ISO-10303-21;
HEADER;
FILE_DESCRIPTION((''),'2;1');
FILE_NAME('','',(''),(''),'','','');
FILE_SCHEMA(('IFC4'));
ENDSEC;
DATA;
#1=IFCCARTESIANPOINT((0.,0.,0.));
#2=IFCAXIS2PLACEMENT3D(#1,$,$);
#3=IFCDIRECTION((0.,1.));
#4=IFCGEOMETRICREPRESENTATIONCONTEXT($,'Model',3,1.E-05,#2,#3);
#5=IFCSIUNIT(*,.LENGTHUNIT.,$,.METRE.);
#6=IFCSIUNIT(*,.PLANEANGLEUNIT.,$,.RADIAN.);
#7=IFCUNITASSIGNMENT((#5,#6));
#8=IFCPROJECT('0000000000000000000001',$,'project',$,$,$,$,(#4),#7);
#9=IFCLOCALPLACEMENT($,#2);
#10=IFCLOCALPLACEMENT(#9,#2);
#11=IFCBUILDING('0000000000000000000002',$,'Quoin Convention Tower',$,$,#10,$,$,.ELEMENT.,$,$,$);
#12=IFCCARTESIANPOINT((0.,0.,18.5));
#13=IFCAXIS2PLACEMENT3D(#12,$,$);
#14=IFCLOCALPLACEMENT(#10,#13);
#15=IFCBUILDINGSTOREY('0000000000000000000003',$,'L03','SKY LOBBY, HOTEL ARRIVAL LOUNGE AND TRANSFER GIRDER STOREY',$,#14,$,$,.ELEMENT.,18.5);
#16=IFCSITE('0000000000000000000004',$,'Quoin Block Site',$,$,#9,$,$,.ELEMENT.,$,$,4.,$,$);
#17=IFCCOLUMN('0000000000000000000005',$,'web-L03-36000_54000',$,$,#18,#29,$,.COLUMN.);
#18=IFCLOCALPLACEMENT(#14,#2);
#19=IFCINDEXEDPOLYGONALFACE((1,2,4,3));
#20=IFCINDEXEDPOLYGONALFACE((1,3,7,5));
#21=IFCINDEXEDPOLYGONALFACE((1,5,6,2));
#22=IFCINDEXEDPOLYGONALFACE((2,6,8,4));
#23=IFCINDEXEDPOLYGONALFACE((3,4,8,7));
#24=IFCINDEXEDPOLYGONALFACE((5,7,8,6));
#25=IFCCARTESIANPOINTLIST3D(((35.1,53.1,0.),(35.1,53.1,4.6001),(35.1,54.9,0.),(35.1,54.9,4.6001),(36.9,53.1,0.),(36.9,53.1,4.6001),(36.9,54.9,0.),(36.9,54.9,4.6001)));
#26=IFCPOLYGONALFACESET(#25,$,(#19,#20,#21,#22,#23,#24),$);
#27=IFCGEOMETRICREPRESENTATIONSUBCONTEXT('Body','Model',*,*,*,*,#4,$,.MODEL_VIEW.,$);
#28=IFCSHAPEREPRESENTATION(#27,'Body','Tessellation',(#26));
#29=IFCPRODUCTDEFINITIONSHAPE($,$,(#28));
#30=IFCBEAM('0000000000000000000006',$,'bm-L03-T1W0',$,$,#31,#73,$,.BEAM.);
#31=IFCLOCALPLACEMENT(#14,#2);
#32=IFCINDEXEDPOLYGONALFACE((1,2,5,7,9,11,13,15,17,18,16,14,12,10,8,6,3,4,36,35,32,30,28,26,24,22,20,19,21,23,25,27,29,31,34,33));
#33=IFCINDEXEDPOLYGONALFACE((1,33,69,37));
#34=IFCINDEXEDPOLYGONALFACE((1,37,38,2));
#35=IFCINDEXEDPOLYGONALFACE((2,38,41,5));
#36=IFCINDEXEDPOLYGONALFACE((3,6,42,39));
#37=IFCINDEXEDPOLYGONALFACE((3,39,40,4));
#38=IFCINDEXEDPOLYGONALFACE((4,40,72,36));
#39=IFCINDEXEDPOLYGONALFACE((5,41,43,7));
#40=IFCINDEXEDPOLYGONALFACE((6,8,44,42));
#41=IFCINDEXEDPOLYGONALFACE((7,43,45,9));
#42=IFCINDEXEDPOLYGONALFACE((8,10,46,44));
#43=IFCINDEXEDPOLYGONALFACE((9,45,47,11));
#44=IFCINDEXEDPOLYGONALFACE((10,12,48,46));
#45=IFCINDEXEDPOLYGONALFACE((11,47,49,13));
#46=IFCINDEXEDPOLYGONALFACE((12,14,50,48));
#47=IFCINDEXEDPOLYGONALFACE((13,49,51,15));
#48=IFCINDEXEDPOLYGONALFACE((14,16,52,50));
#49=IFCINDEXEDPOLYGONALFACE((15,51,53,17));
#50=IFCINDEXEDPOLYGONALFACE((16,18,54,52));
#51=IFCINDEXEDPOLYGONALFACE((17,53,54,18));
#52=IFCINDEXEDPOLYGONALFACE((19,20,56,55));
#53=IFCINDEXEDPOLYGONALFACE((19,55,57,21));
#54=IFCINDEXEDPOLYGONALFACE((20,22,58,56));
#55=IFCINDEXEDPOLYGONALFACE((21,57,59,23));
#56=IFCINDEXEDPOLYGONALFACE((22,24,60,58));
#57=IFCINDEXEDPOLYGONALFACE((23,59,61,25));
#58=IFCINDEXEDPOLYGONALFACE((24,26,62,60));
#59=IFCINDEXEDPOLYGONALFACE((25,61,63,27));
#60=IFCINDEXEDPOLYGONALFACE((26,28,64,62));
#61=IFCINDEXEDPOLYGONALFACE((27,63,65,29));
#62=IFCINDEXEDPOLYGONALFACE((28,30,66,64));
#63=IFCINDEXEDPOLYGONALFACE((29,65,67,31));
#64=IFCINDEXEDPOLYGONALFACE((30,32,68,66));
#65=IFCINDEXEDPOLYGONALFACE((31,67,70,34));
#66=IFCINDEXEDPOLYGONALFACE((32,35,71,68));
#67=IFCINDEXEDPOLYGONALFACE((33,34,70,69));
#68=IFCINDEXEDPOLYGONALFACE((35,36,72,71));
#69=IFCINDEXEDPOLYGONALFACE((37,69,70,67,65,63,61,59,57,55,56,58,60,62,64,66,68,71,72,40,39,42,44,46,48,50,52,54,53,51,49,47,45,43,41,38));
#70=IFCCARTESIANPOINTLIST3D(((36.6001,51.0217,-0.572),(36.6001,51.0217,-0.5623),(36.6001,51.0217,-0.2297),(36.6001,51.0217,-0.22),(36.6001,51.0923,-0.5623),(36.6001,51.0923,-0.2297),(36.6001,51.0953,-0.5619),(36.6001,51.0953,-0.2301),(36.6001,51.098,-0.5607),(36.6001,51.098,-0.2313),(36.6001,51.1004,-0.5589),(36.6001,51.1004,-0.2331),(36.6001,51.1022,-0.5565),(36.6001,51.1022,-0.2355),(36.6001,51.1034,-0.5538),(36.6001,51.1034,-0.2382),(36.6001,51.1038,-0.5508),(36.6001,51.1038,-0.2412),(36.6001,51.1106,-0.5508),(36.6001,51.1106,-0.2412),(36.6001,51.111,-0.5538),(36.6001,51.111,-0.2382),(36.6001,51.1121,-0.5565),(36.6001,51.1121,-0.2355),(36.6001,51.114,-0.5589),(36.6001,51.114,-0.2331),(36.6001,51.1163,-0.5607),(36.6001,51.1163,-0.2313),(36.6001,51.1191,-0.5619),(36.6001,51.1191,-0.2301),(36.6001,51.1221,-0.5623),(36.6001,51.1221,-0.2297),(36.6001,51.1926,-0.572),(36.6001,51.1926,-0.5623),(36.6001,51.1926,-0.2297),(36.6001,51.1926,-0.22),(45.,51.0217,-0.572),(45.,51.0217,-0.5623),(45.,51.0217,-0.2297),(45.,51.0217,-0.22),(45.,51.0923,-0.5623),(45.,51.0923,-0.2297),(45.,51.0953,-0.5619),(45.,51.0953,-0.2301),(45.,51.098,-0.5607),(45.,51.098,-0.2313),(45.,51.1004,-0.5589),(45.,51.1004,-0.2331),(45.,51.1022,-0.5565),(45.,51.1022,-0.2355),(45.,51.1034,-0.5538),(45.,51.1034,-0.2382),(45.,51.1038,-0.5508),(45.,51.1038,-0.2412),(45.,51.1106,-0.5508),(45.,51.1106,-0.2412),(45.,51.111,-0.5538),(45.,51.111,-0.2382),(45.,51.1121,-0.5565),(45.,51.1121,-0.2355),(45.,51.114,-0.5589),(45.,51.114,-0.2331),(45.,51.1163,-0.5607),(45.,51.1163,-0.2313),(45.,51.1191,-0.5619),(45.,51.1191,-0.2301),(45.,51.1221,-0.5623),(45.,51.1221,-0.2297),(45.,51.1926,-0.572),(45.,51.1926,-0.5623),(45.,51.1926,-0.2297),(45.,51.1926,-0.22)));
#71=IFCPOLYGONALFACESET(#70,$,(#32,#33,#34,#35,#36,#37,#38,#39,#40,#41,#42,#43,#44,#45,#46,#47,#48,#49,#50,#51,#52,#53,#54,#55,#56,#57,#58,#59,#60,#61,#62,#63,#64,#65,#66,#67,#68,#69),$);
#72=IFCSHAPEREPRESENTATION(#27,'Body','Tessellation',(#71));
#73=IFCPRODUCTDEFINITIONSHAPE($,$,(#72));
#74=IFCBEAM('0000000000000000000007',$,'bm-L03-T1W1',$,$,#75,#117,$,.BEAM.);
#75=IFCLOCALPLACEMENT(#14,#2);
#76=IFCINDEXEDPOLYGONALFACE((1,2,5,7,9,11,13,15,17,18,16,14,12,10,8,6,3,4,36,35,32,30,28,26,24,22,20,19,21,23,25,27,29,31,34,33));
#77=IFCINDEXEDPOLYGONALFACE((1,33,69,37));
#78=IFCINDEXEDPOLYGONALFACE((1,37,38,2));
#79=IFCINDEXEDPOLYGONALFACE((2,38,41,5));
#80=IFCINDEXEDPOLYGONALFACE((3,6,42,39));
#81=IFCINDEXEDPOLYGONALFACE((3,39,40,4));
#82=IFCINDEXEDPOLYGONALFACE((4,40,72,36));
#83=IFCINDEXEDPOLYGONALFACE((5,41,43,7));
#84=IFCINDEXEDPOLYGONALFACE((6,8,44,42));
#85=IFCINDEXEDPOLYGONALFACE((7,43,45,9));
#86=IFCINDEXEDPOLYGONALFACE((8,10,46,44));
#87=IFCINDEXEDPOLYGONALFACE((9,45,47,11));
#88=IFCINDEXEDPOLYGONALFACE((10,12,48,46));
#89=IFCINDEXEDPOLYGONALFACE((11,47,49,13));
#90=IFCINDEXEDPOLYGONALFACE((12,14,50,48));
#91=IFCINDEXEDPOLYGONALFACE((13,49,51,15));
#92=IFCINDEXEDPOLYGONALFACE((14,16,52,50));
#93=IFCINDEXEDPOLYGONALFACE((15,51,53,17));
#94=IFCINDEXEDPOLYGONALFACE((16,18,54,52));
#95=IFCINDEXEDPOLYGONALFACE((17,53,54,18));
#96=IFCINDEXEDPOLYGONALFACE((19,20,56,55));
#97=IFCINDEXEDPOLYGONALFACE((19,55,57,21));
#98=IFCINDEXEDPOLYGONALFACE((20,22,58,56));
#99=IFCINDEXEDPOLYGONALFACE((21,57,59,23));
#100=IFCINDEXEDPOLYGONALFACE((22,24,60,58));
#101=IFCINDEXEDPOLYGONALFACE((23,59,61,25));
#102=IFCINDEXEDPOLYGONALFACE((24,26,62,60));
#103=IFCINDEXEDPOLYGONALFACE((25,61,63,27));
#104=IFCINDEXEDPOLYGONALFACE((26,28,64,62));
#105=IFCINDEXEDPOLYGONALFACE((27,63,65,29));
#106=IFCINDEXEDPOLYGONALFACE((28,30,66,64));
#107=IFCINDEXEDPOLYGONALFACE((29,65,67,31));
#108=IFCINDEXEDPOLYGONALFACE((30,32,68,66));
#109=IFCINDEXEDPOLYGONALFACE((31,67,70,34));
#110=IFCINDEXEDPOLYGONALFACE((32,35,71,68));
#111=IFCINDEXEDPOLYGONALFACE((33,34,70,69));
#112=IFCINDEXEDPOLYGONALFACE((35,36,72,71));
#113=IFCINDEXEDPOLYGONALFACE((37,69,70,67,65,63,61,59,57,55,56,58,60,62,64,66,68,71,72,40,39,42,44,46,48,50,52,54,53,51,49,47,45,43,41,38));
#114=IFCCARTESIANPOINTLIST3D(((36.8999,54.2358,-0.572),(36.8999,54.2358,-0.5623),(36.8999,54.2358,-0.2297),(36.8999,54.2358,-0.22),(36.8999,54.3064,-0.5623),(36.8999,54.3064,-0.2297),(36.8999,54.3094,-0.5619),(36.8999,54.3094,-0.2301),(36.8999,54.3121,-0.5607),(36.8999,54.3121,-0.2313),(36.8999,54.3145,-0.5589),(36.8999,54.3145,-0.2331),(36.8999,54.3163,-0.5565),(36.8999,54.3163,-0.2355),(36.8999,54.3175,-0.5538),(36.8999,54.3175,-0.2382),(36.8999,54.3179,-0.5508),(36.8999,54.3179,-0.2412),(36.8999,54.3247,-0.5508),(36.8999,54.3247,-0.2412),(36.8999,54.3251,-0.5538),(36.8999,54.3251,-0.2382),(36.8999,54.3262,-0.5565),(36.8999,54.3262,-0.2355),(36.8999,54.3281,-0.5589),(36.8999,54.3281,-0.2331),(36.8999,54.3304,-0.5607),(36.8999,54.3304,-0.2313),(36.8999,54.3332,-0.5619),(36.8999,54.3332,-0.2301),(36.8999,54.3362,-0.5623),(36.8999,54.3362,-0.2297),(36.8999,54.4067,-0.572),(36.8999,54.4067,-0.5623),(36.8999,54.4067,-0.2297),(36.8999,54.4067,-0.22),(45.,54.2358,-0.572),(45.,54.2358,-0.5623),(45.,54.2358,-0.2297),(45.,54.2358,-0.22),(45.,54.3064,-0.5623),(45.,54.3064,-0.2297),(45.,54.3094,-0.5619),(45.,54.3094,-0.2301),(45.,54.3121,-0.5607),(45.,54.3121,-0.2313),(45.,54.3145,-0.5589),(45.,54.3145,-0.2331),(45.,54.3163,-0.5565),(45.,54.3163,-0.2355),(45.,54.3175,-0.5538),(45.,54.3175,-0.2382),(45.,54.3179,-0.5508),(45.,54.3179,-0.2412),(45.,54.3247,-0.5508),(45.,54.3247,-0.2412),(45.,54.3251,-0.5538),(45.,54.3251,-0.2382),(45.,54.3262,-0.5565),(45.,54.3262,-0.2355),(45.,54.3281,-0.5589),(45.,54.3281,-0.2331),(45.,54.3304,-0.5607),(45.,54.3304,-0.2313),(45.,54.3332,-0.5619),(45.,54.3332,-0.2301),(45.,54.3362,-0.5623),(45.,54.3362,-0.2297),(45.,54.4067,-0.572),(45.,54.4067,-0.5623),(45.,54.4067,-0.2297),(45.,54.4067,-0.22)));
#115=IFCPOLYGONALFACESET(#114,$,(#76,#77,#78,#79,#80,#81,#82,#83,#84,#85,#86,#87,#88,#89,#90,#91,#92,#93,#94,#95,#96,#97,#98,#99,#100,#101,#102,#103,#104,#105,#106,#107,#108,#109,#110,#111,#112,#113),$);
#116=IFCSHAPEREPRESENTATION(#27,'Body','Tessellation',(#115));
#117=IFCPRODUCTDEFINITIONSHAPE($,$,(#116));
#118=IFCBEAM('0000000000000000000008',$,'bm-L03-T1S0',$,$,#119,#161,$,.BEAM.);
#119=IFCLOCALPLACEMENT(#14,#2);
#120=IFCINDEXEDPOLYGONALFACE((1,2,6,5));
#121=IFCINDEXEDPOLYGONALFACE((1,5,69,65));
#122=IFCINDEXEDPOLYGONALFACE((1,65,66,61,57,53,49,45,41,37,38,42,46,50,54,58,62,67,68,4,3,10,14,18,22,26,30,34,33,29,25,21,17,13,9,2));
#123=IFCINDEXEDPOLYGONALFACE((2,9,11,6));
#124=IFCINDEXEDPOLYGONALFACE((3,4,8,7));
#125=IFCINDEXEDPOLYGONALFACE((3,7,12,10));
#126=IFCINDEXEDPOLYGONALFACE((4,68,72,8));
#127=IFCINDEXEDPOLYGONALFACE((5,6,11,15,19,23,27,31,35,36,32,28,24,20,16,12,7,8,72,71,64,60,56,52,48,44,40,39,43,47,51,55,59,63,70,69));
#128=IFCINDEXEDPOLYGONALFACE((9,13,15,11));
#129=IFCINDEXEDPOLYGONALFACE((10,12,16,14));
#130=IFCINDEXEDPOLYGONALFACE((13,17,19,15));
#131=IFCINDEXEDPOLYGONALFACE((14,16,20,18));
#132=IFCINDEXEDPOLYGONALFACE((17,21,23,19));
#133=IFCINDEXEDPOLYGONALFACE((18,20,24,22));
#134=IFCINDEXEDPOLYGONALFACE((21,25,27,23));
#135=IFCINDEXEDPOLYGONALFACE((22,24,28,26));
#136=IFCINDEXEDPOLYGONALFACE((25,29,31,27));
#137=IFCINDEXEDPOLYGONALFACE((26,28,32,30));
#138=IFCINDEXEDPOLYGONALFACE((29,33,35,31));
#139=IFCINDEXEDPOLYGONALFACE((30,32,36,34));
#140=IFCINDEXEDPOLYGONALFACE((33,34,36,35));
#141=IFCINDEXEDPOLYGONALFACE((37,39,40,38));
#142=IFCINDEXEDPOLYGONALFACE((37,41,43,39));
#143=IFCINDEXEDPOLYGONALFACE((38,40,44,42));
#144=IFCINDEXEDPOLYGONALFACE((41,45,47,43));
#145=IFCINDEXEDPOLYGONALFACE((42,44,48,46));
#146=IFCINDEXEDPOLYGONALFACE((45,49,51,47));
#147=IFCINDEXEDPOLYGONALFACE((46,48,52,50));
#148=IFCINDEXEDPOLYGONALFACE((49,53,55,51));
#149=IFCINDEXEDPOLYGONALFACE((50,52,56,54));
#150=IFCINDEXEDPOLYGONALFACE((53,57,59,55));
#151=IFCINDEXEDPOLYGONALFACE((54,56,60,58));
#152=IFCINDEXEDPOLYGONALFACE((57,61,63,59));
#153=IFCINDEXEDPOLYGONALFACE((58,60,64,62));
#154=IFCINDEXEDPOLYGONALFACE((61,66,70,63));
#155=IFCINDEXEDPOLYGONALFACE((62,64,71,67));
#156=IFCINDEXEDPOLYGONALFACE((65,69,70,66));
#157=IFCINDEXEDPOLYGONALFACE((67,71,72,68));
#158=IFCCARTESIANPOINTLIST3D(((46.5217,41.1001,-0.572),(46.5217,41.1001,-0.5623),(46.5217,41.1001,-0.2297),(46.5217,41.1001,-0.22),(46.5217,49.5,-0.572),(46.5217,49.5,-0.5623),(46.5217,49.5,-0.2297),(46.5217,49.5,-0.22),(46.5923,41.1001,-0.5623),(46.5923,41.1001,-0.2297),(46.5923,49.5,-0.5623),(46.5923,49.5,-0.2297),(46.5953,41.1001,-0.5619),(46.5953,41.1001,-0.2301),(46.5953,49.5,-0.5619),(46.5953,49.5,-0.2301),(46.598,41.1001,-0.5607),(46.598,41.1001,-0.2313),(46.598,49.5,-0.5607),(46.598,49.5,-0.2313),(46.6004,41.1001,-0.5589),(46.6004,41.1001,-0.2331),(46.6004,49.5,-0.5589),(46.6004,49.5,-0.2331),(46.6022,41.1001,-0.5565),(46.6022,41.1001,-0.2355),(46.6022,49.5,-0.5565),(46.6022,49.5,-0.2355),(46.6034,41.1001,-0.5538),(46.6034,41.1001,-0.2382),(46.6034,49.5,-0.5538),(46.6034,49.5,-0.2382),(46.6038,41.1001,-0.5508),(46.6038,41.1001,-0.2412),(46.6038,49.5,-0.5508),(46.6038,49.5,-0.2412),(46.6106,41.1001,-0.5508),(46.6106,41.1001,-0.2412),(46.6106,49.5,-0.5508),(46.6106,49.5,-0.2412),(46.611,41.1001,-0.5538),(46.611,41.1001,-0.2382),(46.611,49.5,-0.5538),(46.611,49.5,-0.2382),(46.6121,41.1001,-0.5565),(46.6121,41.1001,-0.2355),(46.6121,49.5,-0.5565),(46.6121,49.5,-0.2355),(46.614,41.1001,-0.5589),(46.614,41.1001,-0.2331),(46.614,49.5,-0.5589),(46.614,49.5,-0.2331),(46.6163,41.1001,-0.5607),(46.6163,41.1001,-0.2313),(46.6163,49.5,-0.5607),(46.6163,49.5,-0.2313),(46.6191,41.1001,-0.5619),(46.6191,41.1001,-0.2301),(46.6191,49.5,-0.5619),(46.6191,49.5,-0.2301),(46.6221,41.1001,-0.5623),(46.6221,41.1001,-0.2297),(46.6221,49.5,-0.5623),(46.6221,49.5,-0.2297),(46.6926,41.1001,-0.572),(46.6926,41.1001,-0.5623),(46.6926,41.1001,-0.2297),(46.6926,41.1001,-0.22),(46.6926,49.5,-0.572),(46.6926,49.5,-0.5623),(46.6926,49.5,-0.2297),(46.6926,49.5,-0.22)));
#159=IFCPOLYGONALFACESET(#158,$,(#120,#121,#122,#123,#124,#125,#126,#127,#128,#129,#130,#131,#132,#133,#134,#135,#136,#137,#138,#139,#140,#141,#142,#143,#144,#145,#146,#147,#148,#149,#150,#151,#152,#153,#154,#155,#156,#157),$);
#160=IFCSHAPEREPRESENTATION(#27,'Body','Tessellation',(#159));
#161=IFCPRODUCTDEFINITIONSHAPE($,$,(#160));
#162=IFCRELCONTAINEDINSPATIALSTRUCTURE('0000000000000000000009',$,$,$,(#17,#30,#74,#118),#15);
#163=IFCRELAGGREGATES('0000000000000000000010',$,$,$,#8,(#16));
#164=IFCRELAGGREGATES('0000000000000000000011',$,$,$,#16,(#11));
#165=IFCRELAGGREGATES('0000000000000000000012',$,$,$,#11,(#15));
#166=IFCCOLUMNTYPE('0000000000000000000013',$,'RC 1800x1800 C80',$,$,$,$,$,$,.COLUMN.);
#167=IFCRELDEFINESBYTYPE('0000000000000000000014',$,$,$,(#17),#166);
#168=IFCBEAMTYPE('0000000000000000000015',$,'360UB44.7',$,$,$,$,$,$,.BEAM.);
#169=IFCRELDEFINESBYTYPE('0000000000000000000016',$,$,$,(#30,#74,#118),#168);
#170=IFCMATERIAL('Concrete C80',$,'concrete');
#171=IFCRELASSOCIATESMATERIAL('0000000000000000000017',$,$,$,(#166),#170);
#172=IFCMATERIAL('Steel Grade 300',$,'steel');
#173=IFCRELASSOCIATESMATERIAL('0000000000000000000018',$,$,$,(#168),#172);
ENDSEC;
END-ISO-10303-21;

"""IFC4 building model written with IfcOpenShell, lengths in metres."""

from ifc_helpers import new_model, si_unit, direction, frame, origin, origin_2d, place, context, subcontext, project, spatial, rectangle, i_section, extrude, material, material_profile, profile_set, type_object, element, save


model = new_model("IFC4")

# Units and contexts
model_context = context("Model", 3, precision=1e-05, world=origin(), true_north=direction((0.0, 1.0)))
body_context = subcontext(model_context, "Body", "Model", "MODEL_VIEW")
ifc_project = project(units=[si_unit("LENGTHUNIT", "METRE"), si_unit("PLANEANGLEUNIT", "RADIAN")], contexts=[model_context])

# Site, building, storey
site_placement = place(None, origin())
site = spatial("IfcSite", under=ifc_project, at=site_placement, Name="Quoin Block Site", CompositionType="ELEMENT", RefElevation=4.0)
building_placement = place(site_placement, origin())
building = spatial("IfcBuilding", under=site, at=building_placement, Name="Quoin Convention Tower", CompositionType="ELEMENT")
storey_placement = place(building_placement, frame((0.0, 0.0, 18.5)))
storey = spatial("IfcBuildingStorey", under=building, at=storey_placement, Name="L03", Description="SKY LOBBY, HOTEL ARRIVAL LOUNGE AND TRANSFER GIRDER STOREY", CompositionType="ELEMENT", Elevation=18.5)

# Column
ifc_material_1 = material(Name="Concrete C80", Category="concrete")
ifc_material_profile_1 = material_profile(ifc_material_1, rectangle(XDim=1.8, YDim=1.8, at=origin_2d()), Name="RC 1800x1800")
ifc_profile_set_1 = profile_set([ifc_material_profile_1], Name="Concrete C80")
column_type = type_object("IfcColumnType", Name="RC 1800x1800 C80", PredefinedType="COLUMN", material=ifc_profile_set_1)
column_placement = place(storey_placement, frame((36.0, 54.0, 0.0), z_axis=(0.0, 0.0, 1.0), x_axis=(1.0, 0.0, 0.0)))
element("IfcColumn", 1, at=column_placement, inside=storey, type_object=column_type, Name="web-L03-36000_54000", PredefinedType="COLUMN", context=body_context, shape_type="SweptSolid", body=[
    extrude(rectangle(XDim=1.8, YDim=1.8, at=origin_2d()), origin(), (0.0, 0.0, 1.0), 4.6001),
])

# Beams
ifc_material_2 = material(Name="Steel Grade 300", Category="steel")
ifc_material_profile_2 = material_profile(ifc_material_2, i_section(OverallWidth=0.1709, OverallDepth=0.3521, WebThickness=0.0068, FlangeThickness=0.0098, FilletRadius=0.0115, at=origin_2d()), Name="360UB44.7")
ifc_profile_set_2 = profile_set([ifc_material_profile_2], Name="Steel Grade 300")
beam_type_1 = type_object("IfcBeamType", Name="360UB44.7", PredefinedType="BEAM", material=ifc_profile_set_2)
beam_1_placement = place(storey_placement, frame((36.6001, 51.1072, -0.396), z_axis=(1.0, 0.0, 0.0), x_axis=(0.0, 1.0, 0.0)))
element("IfcBeam", 2, at=beam_1_placement, inside=storey, type_object=beam_type_1, Name="bm-L03-T1W0", PredefinedType="BEAM", context=body_context, shape_type="SweptSolid", body=[
    extrude(i_section(OverallWidth=0.1709, OverallDepth=0.3521, WebThickness=0.0068, FlangeThickness=0.0098, FilletRadius=0.0115, at=origin_2d()), origin(), (0.0, 0.0, 1.0), 8.3999),
])
beam_2_placement = place(storey_placement, frame((36.8999, 54.3213, -0.396), z_axis=(1.0, 0.0, 0.0), x_axis=(0.0, 1.0, 0.0)))
element("IfcBeam", 3, at=beam_2_placement, inside=storey, type_object=beam_type_1, Name="bm-L03-T1W1", PredefinedType="BEAM", context=body_context, shape_type="SweptSolid", body=[
    extrude(i_section(OverallWidth=0.1709, OverallDepth=0.3521, WebThickness=0.0068, FlangeThickness=0.0098, FilletRadius=0.0115, at=origin_2d()), origin(), (0.0, 0.0, 1.0), 8.1001),
])
for number, where, z_axis, x_axis, name in (
    (4, (46.6072, 41.1001, -0.396), (0.0, 1.0, 0.0), (-1.0, 0.0, 0.0), "bm-L03-T1S0"),
):
    element("IfcBeam", number, at=place(storey_placement, frame(where, z_axis=z_axis, x_axis=x_axis)), inside=storey, type_object=beam_type_1, Name=name, PredefinedType="BEAM", context=body_context, shape_type="SweptSolid", body=[
        extrude(i_section(OverallWidth=0.1709, OverallDepth=0.3521, WebThickness=0.0068, FlangeThickness=0.0098, FilletRadius=0.0115, at=origin_2d()), origin(), (0.0, 0.0, 1.0), 8.3999),
    ])

save(model, "model.ifc")
